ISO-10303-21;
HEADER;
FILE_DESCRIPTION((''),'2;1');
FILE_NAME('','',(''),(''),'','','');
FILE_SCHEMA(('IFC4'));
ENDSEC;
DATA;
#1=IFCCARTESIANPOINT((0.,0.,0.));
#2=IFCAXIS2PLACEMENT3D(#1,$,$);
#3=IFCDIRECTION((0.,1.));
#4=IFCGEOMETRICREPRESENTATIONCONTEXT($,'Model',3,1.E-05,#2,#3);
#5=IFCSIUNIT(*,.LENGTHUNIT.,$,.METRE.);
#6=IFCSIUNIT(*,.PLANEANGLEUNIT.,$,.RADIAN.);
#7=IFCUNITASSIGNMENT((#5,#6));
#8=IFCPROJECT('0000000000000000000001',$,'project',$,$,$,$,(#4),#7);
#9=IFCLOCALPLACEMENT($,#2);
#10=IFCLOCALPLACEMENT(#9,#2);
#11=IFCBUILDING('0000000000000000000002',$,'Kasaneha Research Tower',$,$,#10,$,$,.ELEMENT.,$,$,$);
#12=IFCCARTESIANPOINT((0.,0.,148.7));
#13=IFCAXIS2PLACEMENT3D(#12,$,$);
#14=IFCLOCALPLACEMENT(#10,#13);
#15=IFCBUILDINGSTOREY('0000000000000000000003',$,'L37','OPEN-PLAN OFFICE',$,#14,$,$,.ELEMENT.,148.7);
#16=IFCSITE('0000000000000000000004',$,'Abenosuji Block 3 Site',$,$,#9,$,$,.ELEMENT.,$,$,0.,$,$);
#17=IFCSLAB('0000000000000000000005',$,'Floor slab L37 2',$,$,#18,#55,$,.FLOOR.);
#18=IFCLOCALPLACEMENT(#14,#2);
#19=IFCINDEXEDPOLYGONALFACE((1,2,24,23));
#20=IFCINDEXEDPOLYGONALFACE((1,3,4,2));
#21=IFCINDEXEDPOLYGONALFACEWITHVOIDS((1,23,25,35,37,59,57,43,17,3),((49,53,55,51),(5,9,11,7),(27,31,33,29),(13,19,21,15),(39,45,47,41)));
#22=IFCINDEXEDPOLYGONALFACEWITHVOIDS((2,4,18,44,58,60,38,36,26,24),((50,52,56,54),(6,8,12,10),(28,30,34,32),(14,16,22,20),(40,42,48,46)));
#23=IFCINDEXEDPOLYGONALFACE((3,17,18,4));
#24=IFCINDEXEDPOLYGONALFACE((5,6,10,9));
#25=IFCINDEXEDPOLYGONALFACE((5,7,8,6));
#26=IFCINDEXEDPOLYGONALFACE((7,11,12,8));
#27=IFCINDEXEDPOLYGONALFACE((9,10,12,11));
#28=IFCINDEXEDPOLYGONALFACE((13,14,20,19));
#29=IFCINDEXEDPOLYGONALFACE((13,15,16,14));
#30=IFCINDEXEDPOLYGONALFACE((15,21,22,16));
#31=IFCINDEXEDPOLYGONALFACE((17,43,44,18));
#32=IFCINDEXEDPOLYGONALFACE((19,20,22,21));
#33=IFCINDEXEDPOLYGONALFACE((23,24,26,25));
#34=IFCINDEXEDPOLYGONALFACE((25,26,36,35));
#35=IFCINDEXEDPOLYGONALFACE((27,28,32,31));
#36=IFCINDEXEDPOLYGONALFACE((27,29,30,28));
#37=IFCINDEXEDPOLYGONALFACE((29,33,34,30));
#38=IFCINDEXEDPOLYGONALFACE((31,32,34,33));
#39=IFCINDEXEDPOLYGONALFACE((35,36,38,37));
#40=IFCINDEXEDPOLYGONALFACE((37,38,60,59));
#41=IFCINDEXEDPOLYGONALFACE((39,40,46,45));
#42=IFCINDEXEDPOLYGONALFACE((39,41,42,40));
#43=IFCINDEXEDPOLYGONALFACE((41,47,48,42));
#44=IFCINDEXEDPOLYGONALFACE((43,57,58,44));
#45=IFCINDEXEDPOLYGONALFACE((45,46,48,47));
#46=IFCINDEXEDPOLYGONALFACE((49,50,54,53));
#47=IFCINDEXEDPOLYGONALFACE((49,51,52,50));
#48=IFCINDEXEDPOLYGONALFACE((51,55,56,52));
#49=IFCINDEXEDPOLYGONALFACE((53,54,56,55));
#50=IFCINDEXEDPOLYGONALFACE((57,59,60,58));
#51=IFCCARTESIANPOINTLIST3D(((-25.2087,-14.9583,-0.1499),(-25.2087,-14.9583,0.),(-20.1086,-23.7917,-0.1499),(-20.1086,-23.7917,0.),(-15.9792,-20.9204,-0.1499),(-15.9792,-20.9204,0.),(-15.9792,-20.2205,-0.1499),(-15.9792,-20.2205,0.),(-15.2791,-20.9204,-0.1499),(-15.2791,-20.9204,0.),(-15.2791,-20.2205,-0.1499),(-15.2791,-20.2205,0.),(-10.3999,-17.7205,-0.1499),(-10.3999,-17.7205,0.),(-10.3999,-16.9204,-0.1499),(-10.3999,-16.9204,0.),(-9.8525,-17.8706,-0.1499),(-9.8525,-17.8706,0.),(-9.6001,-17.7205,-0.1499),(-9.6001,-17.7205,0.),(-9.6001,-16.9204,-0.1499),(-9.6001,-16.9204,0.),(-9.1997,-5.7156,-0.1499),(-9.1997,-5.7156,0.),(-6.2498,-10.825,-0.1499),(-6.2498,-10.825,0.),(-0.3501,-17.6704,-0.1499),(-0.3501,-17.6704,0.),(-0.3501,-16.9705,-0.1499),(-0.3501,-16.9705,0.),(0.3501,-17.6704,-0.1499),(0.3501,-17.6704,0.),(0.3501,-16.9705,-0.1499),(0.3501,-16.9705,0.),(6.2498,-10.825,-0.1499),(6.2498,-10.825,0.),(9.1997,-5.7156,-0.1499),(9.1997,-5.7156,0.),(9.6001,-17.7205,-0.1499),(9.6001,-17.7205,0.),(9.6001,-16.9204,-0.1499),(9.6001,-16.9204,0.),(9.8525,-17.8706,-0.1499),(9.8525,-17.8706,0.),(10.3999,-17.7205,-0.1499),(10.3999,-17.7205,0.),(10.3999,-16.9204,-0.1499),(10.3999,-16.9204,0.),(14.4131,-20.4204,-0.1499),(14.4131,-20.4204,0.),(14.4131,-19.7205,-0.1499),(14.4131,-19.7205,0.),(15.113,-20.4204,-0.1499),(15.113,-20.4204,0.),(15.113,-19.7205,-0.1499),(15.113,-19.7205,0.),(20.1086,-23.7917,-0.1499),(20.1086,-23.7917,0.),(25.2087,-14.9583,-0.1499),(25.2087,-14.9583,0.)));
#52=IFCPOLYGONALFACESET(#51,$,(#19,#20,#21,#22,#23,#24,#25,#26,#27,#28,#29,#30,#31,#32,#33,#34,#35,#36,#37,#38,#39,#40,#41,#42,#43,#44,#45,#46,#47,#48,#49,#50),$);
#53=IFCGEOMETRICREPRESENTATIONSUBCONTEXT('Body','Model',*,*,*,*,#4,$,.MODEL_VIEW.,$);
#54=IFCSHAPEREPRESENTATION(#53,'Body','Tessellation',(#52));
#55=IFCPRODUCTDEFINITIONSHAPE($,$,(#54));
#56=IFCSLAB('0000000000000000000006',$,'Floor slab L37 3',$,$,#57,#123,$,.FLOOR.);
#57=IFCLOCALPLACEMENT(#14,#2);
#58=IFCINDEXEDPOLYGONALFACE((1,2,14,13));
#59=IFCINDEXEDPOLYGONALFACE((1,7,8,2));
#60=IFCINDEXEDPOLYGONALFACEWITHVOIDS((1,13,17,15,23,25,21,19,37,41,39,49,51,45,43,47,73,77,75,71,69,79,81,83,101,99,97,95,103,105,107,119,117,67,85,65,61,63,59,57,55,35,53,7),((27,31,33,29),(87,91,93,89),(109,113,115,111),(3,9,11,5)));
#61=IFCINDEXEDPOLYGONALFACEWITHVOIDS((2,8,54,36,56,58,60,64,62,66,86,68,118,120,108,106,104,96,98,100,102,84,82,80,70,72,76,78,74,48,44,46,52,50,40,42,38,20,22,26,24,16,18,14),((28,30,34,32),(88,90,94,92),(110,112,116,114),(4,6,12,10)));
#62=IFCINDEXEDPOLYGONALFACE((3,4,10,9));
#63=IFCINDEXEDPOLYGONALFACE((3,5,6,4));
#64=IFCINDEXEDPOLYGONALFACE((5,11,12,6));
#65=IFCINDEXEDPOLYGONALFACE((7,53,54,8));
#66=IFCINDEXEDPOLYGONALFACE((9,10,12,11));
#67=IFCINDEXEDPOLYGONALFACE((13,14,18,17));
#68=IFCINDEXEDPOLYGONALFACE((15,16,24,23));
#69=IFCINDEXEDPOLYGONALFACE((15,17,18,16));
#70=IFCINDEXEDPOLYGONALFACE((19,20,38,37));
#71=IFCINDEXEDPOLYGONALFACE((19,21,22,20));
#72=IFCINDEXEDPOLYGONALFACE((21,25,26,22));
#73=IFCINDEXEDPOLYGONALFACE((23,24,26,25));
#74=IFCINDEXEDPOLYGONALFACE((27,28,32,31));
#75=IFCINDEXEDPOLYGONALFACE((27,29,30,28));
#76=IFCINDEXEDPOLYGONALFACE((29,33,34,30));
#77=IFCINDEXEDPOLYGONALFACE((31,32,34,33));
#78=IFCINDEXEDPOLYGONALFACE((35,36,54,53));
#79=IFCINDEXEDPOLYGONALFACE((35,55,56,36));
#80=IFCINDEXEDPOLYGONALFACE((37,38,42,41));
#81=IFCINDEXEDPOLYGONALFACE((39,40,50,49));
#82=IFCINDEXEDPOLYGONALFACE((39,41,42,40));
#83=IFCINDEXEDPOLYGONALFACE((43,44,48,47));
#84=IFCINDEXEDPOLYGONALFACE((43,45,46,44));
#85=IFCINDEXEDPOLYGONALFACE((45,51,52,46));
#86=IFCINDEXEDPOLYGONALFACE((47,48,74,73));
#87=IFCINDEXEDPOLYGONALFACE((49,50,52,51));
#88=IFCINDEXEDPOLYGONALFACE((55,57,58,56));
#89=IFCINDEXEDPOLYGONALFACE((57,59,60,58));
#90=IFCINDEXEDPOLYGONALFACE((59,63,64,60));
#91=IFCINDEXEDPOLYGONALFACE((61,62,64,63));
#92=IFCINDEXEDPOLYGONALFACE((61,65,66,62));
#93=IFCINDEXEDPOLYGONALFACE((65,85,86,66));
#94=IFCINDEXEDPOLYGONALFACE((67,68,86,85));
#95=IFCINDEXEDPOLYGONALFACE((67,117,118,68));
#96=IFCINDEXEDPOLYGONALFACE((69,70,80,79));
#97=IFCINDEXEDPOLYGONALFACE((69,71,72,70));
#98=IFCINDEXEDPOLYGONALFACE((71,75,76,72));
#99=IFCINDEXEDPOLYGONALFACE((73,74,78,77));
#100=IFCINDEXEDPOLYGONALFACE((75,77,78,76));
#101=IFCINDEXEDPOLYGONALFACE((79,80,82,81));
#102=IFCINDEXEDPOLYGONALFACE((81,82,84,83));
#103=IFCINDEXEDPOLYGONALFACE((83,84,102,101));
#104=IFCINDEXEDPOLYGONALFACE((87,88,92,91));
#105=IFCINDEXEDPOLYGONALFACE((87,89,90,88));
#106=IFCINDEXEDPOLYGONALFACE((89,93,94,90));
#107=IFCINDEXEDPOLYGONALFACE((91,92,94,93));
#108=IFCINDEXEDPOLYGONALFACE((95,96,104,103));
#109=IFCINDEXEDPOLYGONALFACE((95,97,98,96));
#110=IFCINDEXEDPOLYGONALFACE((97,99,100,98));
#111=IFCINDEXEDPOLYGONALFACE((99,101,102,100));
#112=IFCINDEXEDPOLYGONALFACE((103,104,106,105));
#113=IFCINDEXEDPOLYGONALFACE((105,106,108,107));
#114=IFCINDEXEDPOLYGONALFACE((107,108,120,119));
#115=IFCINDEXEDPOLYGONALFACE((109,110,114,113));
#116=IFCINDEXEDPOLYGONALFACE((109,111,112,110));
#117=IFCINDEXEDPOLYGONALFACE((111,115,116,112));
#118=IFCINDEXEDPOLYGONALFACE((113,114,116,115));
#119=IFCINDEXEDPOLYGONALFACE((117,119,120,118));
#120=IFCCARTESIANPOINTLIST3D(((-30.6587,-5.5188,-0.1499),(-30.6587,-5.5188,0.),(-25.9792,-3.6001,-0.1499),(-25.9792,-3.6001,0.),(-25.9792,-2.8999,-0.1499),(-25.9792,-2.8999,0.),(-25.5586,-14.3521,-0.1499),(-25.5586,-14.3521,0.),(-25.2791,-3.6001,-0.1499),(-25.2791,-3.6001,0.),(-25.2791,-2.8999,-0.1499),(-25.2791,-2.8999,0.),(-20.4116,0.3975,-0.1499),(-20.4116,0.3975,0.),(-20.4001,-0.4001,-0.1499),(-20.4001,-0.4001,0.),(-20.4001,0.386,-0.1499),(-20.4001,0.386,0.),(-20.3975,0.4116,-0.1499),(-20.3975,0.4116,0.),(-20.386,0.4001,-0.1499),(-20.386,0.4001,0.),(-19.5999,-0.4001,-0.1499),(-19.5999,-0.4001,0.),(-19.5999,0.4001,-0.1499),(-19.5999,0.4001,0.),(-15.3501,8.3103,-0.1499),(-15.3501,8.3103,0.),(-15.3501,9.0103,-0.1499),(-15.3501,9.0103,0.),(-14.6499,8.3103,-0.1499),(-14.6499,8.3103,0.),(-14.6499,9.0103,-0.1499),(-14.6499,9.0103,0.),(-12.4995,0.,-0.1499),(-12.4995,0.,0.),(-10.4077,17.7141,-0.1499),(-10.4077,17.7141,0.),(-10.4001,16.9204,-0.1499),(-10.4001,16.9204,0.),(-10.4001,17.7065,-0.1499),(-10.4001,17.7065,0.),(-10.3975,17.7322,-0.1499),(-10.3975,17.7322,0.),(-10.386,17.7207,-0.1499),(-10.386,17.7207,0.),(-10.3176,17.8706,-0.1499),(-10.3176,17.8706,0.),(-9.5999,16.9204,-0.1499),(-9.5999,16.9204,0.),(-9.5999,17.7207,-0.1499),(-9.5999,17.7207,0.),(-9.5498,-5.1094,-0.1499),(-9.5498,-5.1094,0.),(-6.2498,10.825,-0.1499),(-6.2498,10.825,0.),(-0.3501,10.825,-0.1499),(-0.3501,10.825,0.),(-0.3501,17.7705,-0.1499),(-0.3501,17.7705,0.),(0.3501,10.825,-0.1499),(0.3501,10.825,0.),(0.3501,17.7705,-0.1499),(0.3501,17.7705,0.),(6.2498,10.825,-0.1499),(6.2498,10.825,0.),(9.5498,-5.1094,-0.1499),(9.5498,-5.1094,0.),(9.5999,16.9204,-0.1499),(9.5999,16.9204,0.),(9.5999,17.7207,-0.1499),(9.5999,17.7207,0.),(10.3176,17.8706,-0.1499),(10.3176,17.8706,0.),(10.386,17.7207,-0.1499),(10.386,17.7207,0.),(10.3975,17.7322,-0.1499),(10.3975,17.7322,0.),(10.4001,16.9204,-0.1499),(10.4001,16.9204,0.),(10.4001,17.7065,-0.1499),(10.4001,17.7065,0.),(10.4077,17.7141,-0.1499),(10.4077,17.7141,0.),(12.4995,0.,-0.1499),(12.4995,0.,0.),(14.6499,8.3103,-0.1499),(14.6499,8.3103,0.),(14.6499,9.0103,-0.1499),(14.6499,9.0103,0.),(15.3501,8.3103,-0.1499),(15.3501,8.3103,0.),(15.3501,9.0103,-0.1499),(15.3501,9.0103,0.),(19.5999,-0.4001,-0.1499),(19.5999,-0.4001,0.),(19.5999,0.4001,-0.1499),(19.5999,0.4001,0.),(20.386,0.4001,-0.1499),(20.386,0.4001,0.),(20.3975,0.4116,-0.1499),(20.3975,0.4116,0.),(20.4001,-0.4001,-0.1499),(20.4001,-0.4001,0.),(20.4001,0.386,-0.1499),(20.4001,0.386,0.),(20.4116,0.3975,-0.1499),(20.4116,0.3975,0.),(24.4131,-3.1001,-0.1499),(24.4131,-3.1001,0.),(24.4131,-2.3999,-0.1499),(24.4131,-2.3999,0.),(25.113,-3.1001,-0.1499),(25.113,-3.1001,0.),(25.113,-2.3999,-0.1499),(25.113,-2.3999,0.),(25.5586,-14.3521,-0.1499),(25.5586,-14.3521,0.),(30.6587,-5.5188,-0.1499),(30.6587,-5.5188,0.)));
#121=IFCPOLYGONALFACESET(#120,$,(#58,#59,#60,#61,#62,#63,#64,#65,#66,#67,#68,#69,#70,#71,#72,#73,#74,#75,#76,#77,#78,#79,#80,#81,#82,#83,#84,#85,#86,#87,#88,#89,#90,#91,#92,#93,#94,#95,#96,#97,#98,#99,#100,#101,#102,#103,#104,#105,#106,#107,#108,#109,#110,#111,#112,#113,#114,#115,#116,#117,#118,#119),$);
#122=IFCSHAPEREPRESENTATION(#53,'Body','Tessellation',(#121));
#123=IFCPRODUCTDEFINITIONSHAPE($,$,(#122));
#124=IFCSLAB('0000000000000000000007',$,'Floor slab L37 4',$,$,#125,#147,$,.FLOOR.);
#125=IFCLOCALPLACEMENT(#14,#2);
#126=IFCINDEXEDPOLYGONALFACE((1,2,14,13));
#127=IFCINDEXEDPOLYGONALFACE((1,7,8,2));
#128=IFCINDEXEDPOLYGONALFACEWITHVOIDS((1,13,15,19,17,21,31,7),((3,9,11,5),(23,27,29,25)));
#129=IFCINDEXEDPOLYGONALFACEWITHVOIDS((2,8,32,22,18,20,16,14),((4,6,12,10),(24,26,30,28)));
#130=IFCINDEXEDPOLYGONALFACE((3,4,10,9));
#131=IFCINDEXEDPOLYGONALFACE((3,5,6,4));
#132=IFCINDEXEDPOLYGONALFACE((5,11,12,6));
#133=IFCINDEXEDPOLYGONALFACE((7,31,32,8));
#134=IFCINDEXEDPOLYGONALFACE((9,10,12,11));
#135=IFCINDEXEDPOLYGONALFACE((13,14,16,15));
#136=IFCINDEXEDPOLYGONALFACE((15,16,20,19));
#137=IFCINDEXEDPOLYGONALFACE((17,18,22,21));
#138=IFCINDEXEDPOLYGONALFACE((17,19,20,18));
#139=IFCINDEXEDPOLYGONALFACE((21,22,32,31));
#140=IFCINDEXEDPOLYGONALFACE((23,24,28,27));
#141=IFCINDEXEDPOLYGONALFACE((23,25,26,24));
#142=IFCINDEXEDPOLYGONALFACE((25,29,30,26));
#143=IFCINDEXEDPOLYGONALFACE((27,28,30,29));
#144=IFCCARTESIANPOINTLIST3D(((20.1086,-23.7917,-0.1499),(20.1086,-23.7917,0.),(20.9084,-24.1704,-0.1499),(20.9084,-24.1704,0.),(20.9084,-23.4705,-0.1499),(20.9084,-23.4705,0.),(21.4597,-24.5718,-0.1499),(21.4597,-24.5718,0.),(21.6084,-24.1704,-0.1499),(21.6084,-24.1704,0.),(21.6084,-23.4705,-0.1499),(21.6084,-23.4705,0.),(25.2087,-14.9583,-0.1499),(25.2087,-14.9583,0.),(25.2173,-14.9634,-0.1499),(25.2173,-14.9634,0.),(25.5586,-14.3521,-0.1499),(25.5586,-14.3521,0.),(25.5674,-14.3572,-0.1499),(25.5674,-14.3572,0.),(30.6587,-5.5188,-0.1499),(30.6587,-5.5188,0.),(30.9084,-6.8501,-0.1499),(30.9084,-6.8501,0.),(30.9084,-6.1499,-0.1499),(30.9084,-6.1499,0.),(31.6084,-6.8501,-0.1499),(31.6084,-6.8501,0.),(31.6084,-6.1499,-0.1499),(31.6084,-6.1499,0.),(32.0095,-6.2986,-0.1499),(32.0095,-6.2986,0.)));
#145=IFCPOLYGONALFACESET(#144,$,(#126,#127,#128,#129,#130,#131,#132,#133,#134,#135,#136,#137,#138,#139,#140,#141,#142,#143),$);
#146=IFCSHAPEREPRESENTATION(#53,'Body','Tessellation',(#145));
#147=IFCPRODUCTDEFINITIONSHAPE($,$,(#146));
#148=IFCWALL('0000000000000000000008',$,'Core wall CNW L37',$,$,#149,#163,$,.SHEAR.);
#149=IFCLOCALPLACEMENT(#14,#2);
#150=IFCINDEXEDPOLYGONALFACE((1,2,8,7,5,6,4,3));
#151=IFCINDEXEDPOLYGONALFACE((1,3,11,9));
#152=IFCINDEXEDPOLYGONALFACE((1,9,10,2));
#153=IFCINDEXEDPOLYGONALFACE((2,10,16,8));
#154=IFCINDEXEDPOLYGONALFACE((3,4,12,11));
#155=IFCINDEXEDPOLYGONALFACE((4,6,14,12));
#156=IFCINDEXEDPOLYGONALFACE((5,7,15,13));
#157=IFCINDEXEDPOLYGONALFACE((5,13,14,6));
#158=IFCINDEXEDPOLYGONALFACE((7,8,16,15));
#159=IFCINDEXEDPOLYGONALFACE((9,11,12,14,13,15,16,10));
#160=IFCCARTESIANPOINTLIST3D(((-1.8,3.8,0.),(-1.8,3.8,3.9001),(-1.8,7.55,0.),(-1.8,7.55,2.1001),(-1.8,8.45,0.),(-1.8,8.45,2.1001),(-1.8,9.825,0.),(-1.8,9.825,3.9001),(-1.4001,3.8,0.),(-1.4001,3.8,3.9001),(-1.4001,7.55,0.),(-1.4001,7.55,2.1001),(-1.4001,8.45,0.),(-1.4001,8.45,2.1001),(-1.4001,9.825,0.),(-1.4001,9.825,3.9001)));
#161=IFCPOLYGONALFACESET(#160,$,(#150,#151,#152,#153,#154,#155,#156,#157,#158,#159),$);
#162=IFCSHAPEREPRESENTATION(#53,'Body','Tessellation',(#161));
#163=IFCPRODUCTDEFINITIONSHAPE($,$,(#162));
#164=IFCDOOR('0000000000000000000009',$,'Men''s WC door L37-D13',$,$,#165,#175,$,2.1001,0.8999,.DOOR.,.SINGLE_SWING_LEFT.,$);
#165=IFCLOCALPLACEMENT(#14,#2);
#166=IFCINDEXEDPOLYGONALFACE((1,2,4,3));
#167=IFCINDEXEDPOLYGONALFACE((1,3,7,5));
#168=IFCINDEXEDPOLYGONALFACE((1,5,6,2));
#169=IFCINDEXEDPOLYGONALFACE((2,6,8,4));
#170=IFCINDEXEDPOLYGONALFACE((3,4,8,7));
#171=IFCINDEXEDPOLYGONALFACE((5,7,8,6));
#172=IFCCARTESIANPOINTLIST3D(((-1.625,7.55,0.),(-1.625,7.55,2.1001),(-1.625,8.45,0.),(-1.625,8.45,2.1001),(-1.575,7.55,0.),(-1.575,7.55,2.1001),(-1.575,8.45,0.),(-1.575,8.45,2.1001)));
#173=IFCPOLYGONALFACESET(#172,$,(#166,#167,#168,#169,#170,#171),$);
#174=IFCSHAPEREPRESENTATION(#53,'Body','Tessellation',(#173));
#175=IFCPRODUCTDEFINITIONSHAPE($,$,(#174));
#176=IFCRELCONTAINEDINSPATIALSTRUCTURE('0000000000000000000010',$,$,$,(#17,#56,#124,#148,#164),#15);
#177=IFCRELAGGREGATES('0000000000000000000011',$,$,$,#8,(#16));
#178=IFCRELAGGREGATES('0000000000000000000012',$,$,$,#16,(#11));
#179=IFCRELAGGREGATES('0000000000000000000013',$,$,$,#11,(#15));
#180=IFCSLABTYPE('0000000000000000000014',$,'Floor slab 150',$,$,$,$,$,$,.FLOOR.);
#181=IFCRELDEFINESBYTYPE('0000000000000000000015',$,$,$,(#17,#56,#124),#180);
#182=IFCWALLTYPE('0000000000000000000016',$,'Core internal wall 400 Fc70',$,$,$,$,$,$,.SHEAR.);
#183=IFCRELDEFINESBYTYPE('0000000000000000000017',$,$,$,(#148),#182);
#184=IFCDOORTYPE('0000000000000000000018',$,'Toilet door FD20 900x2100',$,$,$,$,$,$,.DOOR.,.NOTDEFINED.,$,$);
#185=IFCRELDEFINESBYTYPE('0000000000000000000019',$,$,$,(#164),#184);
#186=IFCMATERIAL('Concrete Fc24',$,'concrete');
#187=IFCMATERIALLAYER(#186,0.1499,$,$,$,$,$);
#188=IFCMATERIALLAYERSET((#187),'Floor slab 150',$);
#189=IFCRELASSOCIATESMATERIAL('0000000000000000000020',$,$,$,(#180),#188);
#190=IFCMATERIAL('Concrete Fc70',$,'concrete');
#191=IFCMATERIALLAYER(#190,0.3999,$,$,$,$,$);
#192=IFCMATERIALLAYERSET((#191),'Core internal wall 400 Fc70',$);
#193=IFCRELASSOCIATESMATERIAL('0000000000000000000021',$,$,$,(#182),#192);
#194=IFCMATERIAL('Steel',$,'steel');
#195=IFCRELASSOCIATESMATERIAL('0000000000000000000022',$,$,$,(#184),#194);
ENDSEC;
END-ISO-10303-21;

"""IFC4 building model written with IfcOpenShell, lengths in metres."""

from ifc_helpers import new_model, si_unit, direction, frame, frame_2d, origin, place, context, subcontext, project, spatial, polyline, rectangle, outline, extrude, material, layer, layer_set, type_object, element, fill, save


model = new_model("IFC4")

# Units and contexts
model_context = context("Model", 3, precision=1e-05, world=origin(), true_north=direction((0.0, 1.0)))
body_context = subcontext(model_context, "Body", "Model", "MODEL_VIEW")
ifc_project = project(units=[si_unit("LENGTHUNIT", "METRE"), si_unit("PLANEANGLEUNIT", "RADIAN")], contexts=[model_context])

# Site, building, storey
site_placement = place(None, origin())
site = spatial("IfcSite", under=ifc_project, at=site_placement, Name="Abenosuji Block 3 Site", CompositionType="ELEMENT", RefElevation=0.0)
building_placement = place(site_placement, origin())
building = spatial("IfcBuilding", under=site, at=building_placement, Name="Kasaneha Research Tower", CompositionType="ELEMENT")
storey_placement = place(building_placement, frame((0.0, 0.0, 148.7)))
storey = spatial("IfcBuildingStorey", under=building, at=storey_placement, Name="L37", Description="OPEN-PLAN OFFICE", CompositionType="ELEMENT", Elevation=148.7)

# Slabs
ifc_material_1 = material(Name="Concrete Fc24", Category="concrete")
ifc_layer_1 = layer(ifc_material_1, 0.1499)
ifc_layer_set_1 = layer_set([ifc_layer_1], Name="Floor slab 150")
slab_type_1 = type_object("IfcSlabType", Name="Floor slab 150", PredefinedType="FLOOR", material=ifc_layer_set_1)
slab_1_placement = place(storey_placement, frame((0.0, 0.0, -0.1499)))
element("IfcSlab", 1, at=slab_1_placement, inside=storey, type_object=slab_type_1, Name="Floor slab L37 2", PredefinedType="FLOOR", context=body_context, shape_type="SweptSolid", body=[
    extrude(outline(polyline([(9.8525, -17.8706), (-9.8525, -17.8706), (-20.1086, -23.7917), (-25.2087, -14.9583), (-9.1997, -5.7156), (-6.2498, -10.825), (6.2498, -10.825), (9.1997, -5.7156), (25.2087, -14.9583), (20.1086, -23.7917), (9.8525, -17.8706)]), holes=[polyline([(-15.2791, -20.9204), (-15.2791, -20.2205), (-15.9792, -20.2205), (-15.9792, -20.9204), (-15.2791, -20.9204)]), polyline([(0.3501, -17.6704), (0.3501, -16.9705), (-0.3501, -16.9705), (-0.3501, -17.6704), (0.3501, -17.6704)]), polyline([(-10.3999, -17.7205), (-9.6001, -17.7205), (-9.6001, -16.9204), (-10.3999, -16.9204), (-10.3999, -17.7205)]), polyline([(15.113, -20.4204), (15.113, -19.7205), (14.4131, -19.7205), (14.4131, -20.4204), (15.113, -20.4204)]), polyline([(9.6001, -17.7205), (10.3999, -17.7205), (10.3999, -16.9204), (9.6001, -16.9204), (9.6001, -17.7205)])]), origin(), (0.0, 0.0, 1.0), 0.1499),
])
slab_2_placement = place(storey_placement, frame((0.0, 0.0, -0.1499)))
element("IfcSlab", 2, at=slab_2_placement, inside=storey, type_object=slab_type_1, Name="Floor slab L37 3", PredefinedType="FLOOR", context=body_context, shape_type="SweptSolid", body=[
    extrude(outline(polyline([(-20.4001, -0.4001), (-19.5999, -0.4001), (-19.5999, 0.4001), (-20.386, 0.4001), (-20.3975, 0.4116), (-10.4077, 17.7141), (-10.4001, 17.7065), (-10.4001, 16.9204), (-9.5999, 16.9204), (-9.5999, 17.7207), (-10.386, 17.7207), (-10.3975, 17.7322), (-10.3176, 17.8706), (10.3176, 17.8706), (10.3975, 17.7322), (10.386, 17.7207), (9.5999, 17.7207), (9.5999, 16.9204), (10.4001, 16.9204), (10.4001, 17.7065), (10.4077, 17.7141), (20.3975, 0.4116), (20.386, 0.4001), (19.5999, 0.4001), (19.5999, -0.4001), (20.4001, -0.4001), (20.4001, 0.386), (20.4116, 0.3975), (30.6587, -5.5188), (25.5586, -14.3521), (9.5498, -5.1094), (12.4995, 0.0), (6.2498, 10.825), (0.3501, 10.825), (0.3501, 17.7705), (-0.3501, 17.7705), (-0.3501, 10.825), (-6.2498, 10.825), (-12.4995, 0.0), (-9.5498, -5.1094), (-25.5586, -14.3521), (-30.6587, -5.5188), (-20.4116, 0.3975), (-20.4001, 0.386), (-20.4001, -0.4001)]), holes=[polyline([(-25.2791, -3.6001), (-25.2791, -2.8999), (-25.9792, -2.8999), (-25.9792, -3.6001), (-25.2791, -3.6001)]), polyline([(-15.3501, 8.3103), (-14.6499, 8.3103), (-14.6499, 9.0103), (-15.3501, 9.0103), (-15.3501, 8.3103)]), polyline([(24.4131, -3.1001), (25.113, -3.1001), (25.113, -2.3999), (24.4131, -2.3999), (24.4131, -3.1001)]), polyline([(14.6499, 8.3103), (15.3501, 8.3103), (15.3501, 9.0103), (14.6499, 9.0103), (14.6499, 8.3103)])]), origin(), (0.0, 0.0, 1.0), 0.1499),
])
slab_3_placement = place(storey_placement, frame((0.0, 0.0, -0.1499)))
element("IfcSlab", 3, at=slab_3_placement, inside=storey, type_object=slab_type_1, Name="Floor slab L37 4", PredefinedType="FLOOR", context=body_context, shape_type="SweptSolid", body=[
    extrude(outline(polyline([(32.0095, -6.2986), (21.4597, -24.5718), (20.1086, -23.7917), (25.2087, -14.9583), (25.2173, -14.9634), (25.5674, -14.3572), (25.5586, -14.3521), (30.6587, -5.5188), (32.0095, -6.2986)]), holes=[polyline([(21.6084, -24.1704), (21.6084, -23.4705), (20.9084, -23.4705), (20.9084, -24.1704), (21.6084, -24.1704)]), polyline([(31.6084, -6.8501), (31.6084, -6.1499), (30.9084, -6.1499), (30.9084, -6.8501), (31.6084, -6.8501)])]), origin(), (0.0, 0.0, 1.0), 0.1499),
])

# Shared definitions
ifc_material_2 = material(Name="Concrete Fc70", Category="concrete")
ifc_layer_2 = layer(ifc_material_2, 0.3999)
ifc_layer_set_2 = layer_set([ifc_layer_2], Name="Core internal wall 400 Fc70")
wall_type_1 = type_object("IfcWallType", Name="Core internal wall 400 Fc70", PredefinedType="SHEAR", material=ifc_layer_set_2)

# Wall, opening, door
wall_1_placement = place(storey_placement, frame((-1.6001, 3.8, 0.0), z_axis=(0.0, 0.0, 1.0), x_axis=(0.0, 1.0, 0.0)))
wall_1 = element("IfcWall", 4, at=wall_1_placement, inside=storey, type_object=wall_type_1, Name="Core wall CNW L37", PredefinedType="SHEAR", context=body_context, shape_type="SweptSolid", body=[
    extrude(rectangle(XDim=6.0249, YDim=0.3999, at=frame_2d((3.0125, 0.0))), origin(), (0.0, 0.0, 1.0), 3.9001),
])
opening_1_placement = place(wall_1_placement, frame((3.75, 0.0, 0.0)))
opening_1 = element("IfcOpeningElement", 5, at=opening_1_placement, cuts=wall_1, PredefinedType="OPENING", context=body_context, shape_type="SweptSolid", body=[
    extrude(rectangle(XDim=0.8999, YDim=2.1001, at=frame_2d((0.45, 1.05))), frame((0.0, 0.21, 0.0), z_axis=(0.0, -1.0, 0.0), x_axis=(1.0, 0.0, 0.0)), (0.0, 0.0, 1.0), 0.4199),
])
ifc_material_3 = material(Name="Steel", Category="steel")
door_type_1 = type_object("IfcDoorType", Name="Toilet door FD20 900x2100", OperationType="NOTDEFINED", PredefinedType="DOOR", material=ifc_material_3)
door_1_placement = place(opening_1_placement, origin())
door_1 = element("IfcDoor", 6, at=door_1_placement, inside=storey, type_object=door_type_1, Name="Men's WC door L37-D13", OperationType="SINGLE_SWING_LEFT", OverallHeight=2.1001, OverallWidth=0.8999, PredefinedType="DOOR", context=body_context, shape_type="SweptSolid", body=[
    extrude(rectangle(XDim=0.8999, YDim=2.1001, at=frame_2d((0.45, 1.05))), frame((0.0, 0.0249, 0.0), z_axis=(0.0, -1.0, 0.0), x_axis=(1.0, 0.0, 0.0)), (0.0, 0.0, 1.0), 0.05),
])
fill(opening_1, door_1)

save(model, "model.ifc")
